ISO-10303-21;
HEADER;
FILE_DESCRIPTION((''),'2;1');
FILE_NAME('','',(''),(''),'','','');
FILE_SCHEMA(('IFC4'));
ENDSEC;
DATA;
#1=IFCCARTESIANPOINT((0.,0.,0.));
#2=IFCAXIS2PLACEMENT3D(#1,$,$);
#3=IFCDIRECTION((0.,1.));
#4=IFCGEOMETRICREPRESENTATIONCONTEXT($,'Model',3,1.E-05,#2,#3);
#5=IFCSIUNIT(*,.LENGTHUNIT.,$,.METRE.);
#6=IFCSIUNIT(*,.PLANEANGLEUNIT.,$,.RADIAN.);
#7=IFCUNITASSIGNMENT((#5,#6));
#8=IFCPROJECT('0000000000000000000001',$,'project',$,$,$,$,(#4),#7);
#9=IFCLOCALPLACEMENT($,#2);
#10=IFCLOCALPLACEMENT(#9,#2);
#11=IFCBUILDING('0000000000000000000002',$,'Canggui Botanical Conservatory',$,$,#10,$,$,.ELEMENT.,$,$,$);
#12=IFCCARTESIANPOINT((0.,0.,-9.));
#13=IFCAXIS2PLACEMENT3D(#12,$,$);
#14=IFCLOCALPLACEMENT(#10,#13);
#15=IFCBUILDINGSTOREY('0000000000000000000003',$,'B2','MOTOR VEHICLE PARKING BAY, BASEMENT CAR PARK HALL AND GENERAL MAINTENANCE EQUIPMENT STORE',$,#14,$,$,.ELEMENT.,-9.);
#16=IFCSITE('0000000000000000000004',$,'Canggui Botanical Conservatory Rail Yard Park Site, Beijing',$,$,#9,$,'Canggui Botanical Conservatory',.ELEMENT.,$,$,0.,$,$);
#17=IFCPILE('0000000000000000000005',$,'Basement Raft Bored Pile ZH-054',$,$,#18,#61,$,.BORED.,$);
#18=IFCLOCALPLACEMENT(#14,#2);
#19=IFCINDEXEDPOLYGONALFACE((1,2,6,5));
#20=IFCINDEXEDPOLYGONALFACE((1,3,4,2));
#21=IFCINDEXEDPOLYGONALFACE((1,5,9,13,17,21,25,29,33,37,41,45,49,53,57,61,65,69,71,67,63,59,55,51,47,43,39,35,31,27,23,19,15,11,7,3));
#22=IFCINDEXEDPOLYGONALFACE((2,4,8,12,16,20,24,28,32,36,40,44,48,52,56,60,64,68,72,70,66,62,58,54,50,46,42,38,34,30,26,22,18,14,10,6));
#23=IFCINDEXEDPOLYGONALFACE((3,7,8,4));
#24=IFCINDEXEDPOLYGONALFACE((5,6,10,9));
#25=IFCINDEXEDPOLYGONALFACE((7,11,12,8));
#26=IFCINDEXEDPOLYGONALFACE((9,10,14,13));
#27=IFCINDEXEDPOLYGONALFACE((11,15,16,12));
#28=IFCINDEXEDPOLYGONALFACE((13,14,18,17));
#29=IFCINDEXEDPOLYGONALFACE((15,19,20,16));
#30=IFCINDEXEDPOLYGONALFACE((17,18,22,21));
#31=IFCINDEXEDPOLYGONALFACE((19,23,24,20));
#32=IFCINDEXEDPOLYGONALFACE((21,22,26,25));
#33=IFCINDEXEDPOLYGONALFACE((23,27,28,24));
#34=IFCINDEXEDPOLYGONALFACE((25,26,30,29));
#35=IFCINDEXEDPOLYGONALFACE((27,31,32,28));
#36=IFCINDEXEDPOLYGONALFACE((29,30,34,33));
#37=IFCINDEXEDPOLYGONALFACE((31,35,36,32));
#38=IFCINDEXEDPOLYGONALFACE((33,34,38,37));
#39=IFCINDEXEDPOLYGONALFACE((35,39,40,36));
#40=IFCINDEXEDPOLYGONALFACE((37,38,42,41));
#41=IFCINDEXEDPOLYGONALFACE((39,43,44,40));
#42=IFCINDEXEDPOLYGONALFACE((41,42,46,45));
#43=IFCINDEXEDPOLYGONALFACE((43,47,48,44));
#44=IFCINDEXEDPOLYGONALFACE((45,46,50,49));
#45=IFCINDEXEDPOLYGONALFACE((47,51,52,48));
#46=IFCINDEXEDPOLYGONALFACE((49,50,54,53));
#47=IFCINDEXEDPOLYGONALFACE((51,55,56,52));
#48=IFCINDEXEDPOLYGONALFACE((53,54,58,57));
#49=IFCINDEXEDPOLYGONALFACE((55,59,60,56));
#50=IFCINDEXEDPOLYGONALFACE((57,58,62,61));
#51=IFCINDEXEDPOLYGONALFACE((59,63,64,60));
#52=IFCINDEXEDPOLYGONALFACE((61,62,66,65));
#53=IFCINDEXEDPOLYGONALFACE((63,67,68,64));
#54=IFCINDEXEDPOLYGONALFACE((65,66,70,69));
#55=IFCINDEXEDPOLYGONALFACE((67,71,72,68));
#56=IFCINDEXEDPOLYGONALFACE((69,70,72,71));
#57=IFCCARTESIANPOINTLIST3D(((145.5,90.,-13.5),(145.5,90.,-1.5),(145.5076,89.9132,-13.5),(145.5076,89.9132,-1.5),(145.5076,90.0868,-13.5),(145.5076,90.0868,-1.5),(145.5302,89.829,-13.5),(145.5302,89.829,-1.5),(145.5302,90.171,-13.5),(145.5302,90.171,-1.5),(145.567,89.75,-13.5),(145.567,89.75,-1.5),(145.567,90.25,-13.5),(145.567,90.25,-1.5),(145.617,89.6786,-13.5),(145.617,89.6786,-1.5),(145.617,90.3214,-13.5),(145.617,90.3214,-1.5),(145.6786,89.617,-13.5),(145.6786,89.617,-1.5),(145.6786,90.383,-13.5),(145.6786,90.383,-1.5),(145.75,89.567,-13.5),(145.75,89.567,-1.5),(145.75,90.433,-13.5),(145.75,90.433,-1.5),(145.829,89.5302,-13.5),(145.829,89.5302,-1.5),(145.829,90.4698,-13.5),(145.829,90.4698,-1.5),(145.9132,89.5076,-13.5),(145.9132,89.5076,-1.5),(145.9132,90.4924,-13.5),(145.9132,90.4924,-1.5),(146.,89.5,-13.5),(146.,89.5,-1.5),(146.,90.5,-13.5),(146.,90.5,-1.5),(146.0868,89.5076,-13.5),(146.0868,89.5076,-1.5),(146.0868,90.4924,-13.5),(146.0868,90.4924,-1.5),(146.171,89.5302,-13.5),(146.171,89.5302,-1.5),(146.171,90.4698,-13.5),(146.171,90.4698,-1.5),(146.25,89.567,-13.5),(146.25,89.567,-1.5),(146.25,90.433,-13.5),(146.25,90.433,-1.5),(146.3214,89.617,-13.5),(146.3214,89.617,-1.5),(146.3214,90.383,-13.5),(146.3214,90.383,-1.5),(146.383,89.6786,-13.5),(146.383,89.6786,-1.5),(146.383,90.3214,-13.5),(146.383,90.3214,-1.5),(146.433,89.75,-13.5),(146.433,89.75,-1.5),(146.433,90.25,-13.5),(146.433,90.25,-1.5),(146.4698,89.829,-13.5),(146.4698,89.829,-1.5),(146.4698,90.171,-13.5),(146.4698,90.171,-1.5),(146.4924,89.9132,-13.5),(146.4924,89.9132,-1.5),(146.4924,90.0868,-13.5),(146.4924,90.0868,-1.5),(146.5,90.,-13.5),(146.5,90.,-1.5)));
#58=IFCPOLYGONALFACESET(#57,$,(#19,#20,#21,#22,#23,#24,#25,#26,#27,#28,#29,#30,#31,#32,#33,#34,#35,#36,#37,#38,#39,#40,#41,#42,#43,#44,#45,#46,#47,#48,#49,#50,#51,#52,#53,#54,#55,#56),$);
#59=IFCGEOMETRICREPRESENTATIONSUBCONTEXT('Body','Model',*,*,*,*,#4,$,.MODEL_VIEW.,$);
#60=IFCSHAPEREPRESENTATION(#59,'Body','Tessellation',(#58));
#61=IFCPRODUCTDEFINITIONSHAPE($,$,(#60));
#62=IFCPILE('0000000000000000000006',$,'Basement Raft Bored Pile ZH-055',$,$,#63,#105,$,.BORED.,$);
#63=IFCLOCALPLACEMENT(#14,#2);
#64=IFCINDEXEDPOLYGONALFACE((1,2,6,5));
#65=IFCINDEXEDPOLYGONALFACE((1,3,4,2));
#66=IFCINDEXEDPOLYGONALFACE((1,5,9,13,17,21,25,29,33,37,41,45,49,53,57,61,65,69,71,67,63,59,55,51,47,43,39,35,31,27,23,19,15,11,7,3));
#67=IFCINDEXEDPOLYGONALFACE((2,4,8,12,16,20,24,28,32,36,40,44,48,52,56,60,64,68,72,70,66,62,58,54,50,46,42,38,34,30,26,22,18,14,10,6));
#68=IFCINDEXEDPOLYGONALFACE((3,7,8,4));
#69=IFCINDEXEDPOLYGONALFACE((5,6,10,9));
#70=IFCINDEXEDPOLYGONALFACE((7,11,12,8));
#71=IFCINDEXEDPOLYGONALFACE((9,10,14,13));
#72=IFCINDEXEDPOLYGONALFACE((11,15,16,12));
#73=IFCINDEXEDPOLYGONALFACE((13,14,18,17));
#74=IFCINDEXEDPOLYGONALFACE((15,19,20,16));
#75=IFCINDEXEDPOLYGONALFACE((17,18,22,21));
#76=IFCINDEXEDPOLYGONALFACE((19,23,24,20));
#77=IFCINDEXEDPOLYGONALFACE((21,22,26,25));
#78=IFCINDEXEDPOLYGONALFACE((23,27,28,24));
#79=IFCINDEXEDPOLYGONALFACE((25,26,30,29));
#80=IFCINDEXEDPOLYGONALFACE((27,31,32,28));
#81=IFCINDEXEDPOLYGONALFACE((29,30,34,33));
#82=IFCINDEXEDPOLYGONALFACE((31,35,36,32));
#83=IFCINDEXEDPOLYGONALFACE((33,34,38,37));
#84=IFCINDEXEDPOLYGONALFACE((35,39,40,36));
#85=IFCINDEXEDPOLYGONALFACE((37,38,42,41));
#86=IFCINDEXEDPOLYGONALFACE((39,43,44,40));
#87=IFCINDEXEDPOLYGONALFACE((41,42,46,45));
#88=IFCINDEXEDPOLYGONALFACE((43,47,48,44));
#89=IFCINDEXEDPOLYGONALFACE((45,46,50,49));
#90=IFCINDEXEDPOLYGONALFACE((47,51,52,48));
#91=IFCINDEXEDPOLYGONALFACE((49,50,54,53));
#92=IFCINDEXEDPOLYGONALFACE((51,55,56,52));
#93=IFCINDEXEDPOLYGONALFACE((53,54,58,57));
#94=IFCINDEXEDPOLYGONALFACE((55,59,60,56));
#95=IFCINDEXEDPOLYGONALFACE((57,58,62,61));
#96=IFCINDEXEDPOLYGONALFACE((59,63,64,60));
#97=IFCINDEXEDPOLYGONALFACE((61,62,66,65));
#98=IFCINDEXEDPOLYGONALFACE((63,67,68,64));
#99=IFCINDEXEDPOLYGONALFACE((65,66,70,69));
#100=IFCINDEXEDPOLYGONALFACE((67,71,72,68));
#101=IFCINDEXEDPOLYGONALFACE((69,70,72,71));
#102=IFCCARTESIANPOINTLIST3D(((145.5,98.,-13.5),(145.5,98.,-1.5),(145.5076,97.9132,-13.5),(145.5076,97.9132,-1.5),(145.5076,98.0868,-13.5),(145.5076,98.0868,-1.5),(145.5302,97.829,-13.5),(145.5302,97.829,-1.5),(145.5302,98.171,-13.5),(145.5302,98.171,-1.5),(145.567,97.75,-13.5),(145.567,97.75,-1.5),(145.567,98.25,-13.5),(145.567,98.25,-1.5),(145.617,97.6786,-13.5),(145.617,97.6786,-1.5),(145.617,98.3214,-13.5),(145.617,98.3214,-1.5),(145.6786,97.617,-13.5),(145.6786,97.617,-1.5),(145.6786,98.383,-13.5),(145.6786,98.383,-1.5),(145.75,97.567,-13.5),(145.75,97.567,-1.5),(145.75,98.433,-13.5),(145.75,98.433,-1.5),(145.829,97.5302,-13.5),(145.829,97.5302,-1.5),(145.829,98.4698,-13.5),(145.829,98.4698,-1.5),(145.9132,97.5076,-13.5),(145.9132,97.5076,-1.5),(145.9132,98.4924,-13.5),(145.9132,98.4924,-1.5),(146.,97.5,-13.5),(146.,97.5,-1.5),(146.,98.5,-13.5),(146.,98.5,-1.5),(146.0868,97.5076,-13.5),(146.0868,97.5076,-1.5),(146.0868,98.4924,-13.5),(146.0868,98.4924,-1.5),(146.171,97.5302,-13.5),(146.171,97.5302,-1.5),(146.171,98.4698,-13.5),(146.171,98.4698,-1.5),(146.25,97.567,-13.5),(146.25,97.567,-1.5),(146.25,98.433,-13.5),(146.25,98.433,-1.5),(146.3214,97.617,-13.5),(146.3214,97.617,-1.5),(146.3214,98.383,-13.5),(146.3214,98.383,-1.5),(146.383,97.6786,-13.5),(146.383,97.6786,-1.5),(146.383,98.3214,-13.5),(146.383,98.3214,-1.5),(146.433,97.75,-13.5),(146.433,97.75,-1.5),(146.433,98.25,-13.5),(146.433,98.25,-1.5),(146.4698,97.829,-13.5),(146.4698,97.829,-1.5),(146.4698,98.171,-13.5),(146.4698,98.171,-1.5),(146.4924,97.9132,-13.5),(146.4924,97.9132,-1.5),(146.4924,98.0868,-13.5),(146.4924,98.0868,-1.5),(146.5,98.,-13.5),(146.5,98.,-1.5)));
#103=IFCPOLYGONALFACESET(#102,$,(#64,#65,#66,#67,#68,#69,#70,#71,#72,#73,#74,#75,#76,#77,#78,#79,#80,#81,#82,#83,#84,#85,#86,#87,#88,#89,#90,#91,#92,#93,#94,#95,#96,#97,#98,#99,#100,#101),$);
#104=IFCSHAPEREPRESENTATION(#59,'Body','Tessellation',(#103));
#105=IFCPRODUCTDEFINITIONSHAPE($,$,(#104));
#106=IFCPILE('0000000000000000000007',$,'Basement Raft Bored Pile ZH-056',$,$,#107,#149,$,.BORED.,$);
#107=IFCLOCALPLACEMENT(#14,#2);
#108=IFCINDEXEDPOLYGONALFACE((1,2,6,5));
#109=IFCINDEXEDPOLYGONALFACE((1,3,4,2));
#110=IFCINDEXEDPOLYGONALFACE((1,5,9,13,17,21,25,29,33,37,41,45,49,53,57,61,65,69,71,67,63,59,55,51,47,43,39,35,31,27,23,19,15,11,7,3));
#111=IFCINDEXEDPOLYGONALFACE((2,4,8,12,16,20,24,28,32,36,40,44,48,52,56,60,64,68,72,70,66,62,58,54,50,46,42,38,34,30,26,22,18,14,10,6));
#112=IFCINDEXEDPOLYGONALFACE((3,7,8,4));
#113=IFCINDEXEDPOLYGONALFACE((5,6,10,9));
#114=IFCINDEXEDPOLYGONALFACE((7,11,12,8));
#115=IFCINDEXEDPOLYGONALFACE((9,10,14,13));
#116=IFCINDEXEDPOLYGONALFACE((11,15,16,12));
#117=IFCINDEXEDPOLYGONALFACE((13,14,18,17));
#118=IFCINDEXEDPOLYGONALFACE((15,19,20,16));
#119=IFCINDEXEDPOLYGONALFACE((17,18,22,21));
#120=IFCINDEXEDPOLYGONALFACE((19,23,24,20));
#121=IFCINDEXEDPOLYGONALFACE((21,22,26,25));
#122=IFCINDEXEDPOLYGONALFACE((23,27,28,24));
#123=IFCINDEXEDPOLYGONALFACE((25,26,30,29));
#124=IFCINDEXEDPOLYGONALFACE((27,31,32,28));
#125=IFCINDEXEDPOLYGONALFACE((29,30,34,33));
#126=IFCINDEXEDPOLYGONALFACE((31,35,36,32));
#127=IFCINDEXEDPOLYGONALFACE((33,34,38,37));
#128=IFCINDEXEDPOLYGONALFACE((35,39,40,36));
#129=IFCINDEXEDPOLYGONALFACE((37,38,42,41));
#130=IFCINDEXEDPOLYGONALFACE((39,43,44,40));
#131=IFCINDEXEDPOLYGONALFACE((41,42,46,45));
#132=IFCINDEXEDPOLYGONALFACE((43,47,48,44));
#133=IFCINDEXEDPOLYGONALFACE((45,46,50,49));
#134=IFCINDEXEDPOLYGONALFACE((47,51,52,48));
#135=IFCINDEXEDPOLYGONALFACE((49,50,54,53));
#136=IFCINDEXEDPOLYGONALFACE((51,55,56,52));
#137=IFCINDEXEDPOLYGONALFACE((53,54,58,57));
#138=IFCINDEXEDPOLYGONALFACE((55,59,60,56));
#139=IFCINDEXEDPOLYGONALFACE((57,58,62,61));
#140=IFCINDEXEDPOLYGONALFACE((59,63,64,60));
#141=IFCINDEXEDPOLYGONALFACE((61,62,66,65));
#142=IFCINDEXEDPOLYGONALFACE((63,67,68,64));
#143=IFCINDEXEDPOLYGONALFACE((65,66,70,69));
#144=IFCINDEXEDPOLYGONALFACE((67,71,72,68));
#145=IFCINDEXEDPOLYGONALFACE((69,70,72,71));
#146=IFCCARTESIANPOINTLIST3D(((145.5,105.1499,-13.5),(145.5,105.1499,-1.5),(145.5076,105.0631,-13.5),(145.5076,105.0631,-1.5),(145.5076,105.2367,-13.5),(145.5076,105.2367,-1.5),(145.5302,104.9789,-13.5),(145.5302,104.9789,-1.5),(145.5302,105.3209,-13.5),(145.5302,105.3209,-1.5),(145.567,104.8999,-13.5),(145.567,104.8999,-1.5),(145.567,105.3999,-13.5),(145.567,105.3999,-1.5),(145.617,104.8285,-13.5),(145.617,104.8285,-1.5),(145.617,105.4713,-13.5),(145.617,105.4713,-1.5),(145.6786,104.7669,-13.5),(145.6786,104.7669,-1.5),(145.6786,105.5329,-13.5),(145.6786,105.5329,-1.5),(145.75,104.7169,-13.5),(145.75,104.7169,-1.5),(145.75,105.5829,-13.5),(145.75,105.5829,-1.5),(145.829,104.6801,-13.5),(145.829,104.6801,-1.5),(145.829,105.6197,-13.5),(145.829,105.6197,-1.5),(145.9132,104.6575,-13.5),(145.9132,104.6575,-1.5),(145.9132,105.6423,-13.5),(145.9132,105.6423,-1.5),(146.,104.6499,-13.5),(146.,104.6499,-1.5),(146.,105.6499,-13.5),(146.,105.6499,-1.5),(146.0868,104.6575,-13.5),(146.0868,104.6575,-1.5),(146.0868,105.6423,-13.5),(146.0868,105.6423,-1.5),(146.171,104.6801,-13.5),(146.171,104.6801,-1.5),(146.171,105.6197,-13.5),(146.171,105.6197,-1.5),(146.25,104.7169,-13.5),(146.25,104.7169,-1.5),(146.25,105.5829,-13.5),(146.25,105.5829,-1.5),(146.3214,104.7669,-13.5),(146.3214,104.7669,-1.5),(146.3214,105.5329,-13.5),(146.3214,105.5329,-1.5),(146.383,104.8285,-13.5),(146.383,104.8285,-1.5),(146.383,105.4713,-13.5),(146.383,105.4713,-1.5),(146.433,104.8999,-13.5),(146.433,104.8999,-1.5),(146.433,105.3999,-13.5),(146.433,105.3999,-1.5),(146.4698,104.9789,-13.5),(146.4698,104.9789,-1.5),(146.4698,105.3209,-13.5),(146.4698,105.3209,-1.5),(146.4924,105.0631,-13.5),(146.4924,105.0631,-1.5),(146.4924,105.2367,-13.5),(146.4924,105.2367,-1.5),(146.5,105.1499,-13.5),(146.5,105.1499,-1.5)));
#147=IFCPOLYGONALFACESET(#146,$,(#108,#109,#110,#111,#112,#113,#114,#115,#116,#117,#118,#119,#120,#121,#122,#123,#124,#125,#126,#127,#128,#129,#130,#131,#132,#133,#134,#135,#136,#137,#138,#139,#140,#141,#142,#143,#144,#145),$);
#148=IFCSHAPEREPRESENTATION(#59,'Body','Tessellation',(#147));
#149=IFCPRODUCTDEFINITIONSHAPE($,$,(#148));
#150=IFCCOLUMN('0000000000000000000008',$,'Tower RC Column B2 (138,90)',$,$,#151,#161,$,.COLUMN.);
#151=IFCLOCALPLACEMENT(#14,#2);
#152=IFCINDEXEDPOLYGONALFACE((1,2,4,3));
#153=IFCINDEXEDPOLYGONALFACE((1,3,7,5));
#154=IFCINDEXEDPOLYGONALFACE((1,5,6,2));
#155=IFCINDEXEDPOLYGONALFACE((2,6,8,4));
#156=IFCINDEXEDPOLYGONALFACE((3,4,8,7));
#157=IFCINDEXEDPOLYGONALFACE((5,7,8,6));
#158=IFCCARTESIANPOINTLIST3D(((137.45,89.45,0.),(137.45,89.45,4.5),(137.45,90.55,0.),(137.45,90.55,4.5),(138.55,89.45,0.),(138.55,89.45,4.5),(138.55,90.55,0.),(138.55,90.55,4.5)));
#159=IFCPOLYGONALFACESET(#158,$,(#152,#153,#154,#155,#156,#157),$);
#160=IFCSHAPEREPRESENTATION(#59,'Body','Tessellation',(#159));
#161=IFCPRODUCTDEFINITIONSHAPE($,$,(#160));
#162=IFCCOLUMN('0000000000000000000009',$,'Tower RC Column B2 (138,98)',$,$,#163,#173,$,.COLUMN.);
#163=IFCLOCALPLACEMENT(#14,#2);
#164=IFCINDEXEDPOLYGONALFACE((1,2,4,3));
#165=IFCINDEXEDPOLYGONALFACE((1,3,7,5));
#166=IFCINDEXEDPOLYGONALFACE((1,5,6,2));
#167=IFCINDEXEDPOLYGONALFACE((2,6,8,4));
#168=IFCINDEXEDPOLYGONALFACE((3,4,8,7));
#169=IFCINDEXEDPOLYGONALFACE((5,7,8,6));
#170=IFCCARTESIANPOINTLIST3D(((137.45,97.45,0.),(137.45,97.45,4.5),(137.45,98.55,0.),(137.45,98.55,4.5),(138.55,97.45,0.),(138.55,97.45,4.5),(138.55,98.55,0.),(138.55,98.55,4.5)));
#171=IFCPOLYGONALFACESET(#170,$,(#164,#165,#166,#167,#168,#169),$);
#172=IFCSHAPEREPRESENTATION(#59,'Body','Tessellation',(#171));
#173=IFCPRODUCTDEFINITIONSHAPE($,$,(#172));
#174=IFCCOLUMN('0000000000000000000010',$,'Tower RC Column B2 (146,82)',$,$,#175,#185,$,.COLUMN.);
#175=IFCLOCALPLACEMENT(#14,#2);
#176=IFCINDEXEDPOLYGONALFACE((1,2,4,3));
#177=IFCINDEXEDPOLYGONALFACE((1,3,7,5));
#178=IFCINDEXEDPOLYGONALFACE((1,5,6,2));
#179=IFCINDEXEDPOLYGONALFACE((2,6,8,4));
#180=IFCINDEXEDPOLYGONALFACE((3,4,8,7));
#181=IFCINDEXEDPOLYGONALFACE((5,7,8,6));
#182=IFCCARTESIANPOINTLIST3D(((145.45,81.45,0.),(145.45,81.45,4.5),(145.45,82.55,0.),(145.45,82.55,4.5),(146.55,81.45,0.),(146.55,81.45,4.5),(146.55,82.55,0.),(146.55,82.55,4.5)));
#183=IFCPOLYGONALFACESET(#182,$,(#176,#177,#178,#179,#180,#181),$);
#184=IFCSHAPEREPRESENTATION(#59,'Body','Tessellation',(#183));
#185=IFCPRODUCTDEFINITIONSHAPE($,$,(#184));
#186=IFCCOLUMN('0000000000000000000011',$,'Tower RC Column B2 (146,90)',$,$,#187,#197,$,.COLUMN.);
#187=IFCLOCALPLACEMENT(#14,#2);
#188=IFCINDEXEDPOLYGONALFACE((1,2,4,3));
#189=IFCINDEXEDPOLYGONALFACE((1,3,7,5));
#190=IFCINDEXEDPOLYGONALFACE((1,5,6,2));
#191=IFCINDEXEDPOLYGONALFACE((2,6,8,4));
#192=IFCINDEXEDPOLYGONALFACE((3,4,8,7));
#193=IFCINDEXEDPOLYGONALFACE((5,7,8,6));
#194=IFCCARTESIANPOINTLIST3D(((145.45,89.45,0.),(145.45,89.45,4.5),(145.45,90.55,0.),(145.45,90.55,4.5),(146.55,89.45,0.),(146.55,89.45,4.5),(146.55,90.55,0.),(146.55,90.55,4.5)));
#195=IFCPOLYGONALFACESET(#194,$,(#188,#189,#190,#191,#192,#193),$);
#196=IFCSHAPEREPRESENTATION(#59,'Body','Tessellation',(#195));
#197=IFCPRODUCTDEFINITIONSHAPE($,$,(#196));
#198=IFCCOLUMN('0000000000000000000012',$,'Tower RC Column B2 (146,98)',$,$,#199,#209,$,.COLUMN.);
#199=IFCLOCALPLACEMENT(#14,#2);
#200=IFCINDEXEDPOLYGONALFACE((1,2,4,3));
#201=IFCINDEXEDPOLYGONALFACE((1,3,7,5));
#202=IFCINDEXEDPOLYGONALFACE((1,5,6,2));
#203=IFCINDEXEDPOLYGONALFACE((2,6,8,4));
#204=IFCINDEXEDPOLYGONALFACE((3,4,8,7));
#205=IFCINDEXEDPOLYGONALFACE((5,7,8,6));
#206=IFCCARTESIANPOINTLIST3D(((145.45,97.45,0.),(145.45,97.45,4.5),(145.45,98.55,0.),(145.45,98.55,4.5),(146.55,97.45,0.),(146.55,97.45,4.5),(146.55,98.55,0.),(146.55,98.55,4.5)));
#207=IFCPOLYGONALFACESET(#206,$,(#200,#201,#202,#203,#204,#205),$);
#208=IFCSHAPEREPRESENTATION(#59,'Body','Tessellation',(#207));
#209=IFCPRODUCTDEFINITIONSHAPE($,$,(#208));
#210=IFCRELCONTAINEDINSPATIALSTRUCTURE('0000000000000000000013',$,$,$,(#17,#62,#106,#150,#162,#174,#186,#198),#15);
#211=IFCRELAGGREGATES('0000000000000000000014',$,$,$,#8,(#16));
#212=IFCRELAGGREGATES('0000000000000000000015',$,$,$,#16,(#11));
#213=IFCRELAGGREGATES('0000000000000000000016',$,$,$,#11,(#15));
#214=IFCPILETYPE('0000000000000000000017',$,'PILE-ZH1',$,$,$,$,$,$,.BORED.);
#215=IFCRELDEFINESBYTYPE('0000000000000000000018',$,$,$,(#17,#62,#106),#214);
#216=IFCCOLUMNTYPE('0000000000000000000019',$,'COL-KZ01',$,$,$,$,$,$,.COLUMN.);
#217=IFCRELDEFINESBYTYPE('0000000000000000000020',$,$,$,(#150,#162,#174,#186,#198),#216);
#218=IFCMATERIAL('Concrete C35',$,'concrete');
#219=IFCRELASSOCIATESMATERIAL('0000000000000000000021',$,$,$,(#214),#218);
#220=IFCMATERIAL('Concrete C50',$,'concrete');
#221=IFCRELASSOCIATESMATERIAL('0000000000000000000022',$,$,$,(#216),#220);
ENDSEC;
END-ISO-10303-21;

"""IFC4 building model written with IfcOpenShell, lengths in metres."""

from ifc_helpers import new_model, si_unit, direction, frame, origin, origin_2d, place, context, subcontext, project, spatial, rectangle, circle, extrude, material, material_profile, profile_set, type_object, element, save


model = new_model("IFC4")

# Units and contexts
model_context = context("Model", 3, precision=1e-05, world=origin(), true_north=direction((0.0, 1.0)))
body_context = subcontext(model_context, "Body", "Model", "MODEL_VIEW")
ifc_project = project(units=[si_unit("LENGTHUNIT", "METRE"), si_unit("PLANEANGLEUNIT", "RADIAN")], contexts=[model_context])

# Site, building, storey
site_placement = place(None, origin())
site = spatial("IfcSite", under=ifc_project, at=site_placement, Name="Canggui Botanical Conservatory Rail Yard Park Site, Beijing", LongName="Canggui Botanical Conservatory", CompositionType="ELEMENT", RefElevation=0.0)
building_placement = place(site_placement, origin())
building = spatial("IfcBuilding", under=site, at=building_placement, Name="Canggui Botanical Conservatory", CompositionType="ELEMENT")
storey_placement = place(building_placement, frame((0.0, 0.0, -9.0)))
storey = spatial("IfcBuildingStorey", under=building, at=storey_placement, Name="B2", Description="MOTOR VEHICLE PARKING BAY, BASEMENT CAR PARK HALL AND GENERAL MAINTENANCE EQUIPMENT STORE", CompositionType="ELEMENT", Elevation=-9.0)

# Piles
ifc_material_1 = material(Name="Concrete C35", Category="concrete")
ifc_material_profile_1 = material_profile(ifc_material_1, circle(Radius=0.5, at=origin_2d()), Name="PILE D1000")
ifc_profile_set_1 = profile_set([ifc_material_profile_1], Name="Concrete C35")
pile_type = type_object("IfcPileType", Name="PILE-ZH1", PredefinedType="BORED", material=ifc_profile_set_1)
for number, where, z_axis, x_axis, name in (
    (1, (146.0, 90.0, -1.5), (0.0, 0.0, -1.0), (1.0, 0.0, 0.0), "Basement Raft Bored Pile ZH-054"),
    (2, (146.0, 98.0, -1.5), (0.0, 0.0, -1.0), (1.0, 0.0, 0.0), "Basement Raft Bored Pile ZH-055"),
    (3, (146.0, 105.1499, -1.5), (0.0, 0.0, -1.0), (1.0, 0.0, 0.0), "Basement Raft Bored Pile ZH-056"),
):
    element("IfcPile", number, at=place(storey_placement, frame(where, z_axis=z_axis, x_axis=x_axis)), inside=storey, type_object=pile_type, Name=name, PredefinedType="BORED", context=body_context, shape_type="SweptSolid", body=[
        extrude(circle(Radius=0.5, at=origin_2d()), origin(), (0.0, 0.0, 1.0), 12.0),
    ])

# Columns
ifc_material_2 = material(Name="Concrete C50", Category="concrete")
ifc_material_profile_2 = material_profile(ifc_material_2, rectangle(XDim=1.1001, YDim=1.1001, at=origin_2d()), Name="RC 1100x1100")
ifc_profile_set_2 = profile_set([ifc_material_profile_2], Name="Concrete C50")
column_type_1 = type_object("IfcColumnType", Name="COL-KZ01", PredefinedType="COLUMN", material=ifc_profile_set_2)
for number, where, z_axis, x_axis, name in (
    (4, (138.0, 90.0, 0.0), (0.0, 0.0, 1.0), (1.0, 0.0, 0.0), "Tower RC Column B2 (138,90)"),
    (5, (138.0, 98.0, 0.0), (0.0, 0.0, 1.0), (1.0, 0.0, 0.0), "Tower RC Column B2 (138,98)"),
    (6, (146.0, 82.0, 0.0), (0.0, 0.0, 1.0), (1.0, 0.0, 0.0), "Tower RC Column B2 (146,82)"),
    (7, (146.0, 90.0, 0.0), (0.0, 0.0, 1.0), (1.0, 0.0, 0.0), "Tower RC Column B2 (146,90)"),
    (8, (146.0, 98.0, 0.0), (0.0, 0.0, 1.0), (1.0, 0.0, 0.0), "Tower RC Column B2 (146,98)"),
):
    element("IfcColumn", number, at=place(storey_placement, frame(where, z_axis=z_axis, x_axis=x_axis)), inside=storey, type_object=column_type_1, Name=name, PredefinedType="COLUMN", context=body_context, shape_type="SweptSolid", body=[
        extrude(rectangle(XDim=1.1001, YDim=1.1001, at=origin_2d()), origin(), (0.0, 0.0, 1.0), 4.5),
    ])

save(model, "model.ifc")
